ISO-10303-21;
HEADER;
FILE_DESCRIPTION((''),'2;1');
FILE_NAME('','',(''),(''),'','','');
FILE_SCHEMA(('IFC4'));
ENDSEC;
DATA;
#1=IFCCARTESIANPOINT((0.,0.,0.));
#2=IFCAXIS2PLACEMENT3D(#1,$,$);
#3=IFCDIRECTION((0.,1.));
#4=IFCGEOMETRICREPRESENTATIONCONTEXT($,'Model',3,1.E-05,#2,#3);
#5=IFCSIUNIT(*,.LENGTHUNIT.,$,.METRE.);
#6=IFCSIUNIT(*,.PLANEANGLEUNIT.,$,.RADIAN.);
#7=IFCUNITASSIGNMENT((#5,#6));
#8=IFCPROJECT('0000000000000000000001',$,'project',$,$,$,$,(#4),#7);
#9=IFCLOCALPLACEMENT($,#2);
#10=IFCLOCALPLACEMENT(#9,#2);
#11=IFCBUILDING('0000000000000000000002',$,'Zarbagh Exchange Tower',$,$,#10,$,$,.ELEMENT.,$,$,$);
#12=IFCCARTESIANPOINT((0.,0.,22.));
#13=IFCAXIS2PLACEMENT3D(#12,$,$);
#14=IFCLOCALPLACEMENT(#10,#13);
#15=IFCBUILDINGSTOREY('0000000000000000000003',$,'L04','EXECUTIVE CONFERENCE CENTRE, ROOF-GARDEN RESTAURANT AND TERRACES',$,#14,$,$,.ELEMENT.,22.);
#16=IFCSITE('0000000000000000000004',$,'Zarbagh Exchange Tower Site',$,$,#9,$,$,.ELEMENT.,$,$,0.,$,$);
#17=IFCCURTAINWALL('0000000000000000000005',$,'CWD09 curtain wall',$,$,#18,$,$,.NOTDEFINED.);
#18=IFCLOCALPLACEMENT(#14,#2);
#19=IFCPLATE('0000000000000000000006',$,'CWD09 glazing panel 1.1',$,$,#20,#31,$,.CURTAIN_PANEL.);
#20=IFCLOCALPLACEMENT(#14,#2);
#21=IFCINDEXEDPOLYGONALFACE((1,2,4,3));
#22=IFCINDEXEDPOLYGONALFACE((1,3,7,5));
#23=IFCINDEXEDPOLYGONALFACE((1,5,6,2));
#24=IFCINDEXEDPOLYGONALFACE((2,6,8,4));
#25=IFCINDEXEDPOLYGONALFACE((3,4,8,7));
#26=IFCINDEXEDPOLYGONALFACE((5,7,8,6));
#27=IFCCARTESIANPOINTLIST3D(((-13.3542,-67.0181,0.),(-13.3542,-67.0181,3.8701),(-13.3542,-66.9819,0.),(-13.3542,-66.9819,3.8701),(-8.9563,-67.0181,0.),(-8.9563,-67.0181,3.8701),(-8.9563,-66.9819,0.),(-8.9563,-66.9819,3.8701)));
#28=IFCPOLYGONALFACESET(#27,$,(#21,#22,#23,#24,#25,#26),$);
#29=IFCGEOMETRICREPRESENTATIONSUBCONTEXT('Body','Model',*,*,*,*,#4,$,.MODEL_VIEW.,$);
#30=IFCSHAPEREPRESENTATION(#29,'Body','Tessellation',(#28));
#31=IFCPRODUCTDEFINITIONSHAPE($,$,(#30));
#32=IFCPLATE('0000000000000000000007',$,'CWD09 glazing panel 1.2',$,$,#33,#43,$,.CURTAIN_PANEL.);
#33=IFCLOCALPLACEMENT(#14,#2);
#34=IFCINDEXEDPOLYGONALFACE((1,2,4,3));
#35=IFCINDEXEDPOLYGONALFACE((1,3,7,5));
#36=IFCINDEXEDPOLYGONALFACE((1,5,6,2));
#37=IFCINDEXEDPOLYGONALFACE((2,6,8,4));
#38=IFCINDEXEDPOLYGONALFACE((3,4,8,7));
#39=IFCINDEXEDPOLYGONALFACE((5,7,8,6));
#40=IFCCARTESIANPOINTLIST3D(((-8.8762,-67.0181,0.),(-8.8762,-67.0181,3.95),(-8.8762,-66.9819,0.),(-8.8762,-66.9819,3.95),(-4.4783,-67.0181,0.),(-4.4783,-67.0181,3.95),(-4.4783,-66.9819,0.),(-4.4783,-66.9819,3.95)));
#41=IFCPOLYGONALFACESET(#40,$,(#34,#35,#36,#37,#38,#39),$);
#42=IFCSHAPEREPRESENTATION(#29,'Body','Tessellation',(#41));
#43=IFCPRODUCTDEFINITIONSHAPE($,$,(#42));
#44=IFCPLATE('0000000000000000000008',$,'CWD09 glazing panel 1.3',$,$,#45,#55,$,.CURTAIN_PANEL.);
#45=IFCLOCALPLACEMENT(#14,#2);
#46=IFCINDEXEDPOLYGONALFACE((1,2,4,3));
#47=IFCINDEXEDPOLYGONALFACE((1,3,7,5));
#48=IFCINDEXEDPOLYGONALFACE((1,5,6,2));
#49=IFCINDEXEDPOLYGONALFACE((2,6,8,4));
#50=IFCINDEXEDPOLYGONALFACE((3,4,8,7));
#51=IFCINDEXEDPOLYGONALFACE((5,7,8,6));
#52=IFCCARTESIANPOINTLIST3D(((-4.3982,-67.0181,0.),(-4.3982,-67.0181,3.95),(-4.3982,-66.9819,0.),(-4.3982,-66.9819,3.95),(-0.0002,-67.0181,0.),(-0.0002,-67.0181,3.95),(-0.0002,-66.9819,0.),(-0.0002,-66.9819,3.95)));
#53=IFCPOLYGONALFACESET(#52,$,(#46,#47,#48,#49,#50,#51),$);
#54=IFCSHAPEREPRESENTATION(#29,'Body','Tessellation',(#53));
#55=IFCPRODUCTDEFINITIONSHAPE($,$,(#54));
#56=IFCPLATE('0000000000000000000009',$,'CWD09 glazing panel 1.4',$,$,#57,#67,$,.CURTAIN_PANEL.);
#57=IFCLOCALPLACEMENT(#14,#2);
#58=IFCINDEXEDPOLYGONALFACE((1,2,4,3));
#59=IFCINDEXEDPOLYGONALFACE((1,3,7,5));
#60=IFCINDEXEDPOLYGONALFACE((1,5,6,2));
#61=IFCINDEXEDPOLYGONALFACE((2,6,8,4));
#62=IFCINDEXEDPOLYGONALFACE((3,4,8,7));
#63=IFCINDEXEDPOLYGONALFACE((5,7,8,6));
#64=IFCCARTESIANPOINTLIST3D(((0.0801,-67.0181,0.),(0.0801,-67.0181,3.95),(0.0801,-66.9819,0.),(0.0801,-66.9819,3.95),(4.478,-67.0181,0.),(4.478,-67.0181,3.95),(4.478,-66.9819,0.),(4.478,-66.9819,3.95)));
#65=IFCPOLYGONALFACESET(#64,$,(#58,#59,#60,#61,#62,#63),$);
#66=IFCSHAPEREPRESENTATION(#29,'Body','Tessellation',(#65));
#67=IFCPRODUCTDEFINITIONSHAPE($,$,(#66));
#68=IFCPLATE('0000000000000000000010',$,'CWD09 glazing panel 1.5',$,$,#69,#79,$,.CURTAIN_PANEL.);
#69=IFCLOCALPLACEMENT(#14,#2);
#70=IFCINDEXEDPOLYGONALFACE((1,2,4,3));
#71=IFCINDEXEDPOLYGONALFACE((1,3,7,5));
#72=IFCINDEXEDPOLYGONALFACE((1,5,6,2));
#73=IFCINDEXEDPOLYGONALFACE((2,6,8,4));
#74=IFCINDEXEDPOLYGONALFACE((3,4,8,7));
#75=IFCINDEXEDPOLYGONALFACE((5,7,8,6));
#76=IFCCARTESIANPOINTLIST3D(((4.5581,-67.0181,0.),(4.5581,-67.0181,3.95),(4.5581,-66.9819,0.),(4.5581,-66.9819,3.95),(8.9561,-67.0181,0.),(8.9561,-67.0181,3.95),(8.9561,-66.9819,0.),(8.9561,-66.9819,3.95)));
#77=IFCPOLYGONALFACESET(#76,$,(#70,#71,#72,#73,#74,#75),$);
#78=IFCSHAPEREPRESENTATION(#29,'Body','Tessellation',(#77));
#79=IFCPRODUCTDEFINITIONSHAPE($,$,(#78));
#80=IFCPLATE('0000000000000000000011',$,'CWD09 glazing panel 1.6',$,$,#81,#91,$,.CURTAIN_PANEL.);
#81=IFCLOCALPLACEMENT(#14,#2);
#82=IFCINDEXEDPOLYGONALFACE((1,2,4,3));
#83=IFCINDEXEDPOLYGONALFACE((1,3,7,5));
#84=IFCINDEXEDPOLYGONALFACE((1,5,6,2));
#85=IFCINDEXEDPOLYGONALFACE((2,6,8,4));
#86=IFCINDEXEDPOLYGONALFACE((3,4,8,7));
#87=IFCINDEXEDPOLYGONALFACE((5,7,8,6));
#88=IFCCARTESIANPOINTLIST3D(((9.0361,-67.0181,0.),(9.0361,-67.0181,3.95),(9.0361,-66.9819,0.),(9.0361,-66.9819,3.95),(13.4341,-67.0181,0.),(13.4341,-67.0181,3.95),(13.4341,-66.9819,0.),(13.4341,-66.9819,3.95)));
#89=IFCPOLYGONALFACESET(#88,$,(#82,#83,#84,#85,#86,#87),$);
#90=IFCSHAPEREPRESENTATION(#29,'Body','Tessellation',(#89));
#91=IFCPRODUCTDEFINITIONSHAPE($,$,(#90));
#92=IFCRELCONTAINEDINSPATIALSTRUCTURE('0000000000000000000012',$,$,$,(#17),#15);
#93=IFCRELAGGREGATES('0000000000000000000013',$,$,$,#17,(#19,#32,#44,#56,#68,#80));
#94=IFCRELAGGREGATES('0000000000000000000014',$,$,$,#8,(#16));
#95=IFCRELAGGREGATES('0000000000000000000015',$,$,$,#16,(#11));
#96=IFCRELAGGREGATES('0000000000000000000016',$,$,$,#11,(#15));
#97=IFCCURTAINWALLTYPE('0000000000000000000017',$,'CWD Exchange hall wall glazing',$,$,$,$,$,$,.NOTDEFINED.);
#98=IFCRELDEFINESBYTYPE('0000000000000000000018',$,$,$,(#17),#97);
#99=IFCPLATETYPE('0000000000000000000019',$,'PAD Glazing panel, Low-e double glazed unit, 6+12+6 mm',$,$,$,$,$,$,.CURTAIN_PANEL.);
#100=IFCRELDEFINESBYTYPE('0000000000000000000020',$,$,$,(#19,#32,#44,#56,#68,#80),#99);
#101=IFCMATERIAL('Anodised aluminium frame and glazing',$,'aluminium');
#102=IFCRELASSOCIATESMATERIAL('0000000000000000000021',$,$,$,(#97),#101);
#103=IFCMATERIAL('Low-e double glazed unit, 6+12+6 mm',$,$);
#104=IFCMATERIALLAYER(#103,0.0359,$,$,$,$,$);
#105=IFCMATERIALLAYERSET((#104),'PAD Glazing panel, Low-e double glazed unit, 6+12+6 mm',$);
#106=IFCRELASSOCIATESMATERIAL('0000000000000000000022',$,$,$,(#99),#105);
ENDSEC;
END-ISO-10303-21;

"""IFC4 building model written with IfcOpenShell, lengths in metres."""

from ifc_helpers import new_model, si_unit, direction, frame, origin, place, context, subcontext, project, spatial, polyline, outline, extrude, source, transform, mapped, material, layer, layer_set, type_object, element, aggregate, save


model = new_model("IFC4")

# Units and contexts
model_context = context("Model", 3, precision=1e-05, world=origin(), true_north=direction((0.0, 1.0)))
body_context = subcontext(model_context, "Body", "Model", "MODEL_VIEW")
ifc_project = project(units=[si_unit("LENGTHUNIT", "METRE"), si_unit("PLANEANGLEUNIT", "RADIAN")], contexts=[model_context])

# Site, building, storey
site_placement = place(None, origin())
site = spatial("IfcSite", under=ifc_project, at=site_placement, Name="Zarbagh Exchange Tower Site", CompositionType="ELEMENT", RefElevation=0.0)
building_placement = place(site_placement, origin())
building = spatial("IfcBuilding", under=site, at=building_placement, Name="Zarbagh Exchange Tower", CompositionType="ELEMENT")
storey_placement = place(building_placement, frame((0.0, 0.0, 22.0)))
storey = spatial("IfcBuildingStorey", under=building, at=storey_placement, Name="L04", Description="EXECUTIVE CONFERENCE CENTRE, ROOF-GARDEN RESTAURANT AND TERRACES", CompositionType="ELEMENT", Elevation=22.0)

# Curtain wall
ifc_material_1 = material(Name="Anodised aluminium frame and glazing", Category="aluminium")
curtain_wall_type_1 = type_object("IfcCurtainWallType", Name="CWD Exchange hall wall glazing", PredefinedType="NOTDEFINED", material=ifc_material_1)
curtain_wall_1_placement = place(storey_placement, origin())
curtain_wall_1 = element("IfcCurtainWall", 1, at=curtain_wall_1_placement, inside=storey, type_object=curtain_wall_type_1, Name="CWD09 curtain wall", PredefinedType="NOTDEFINED")
placement = place(storey_placement, origin())

# Shared definitions
ifc_material_2 = material(Name="Low-e double glazed unit, 6+12+6 mm")
ifc_layer_1 = layer(ifc_material_2, 0.0359)
ifc_layer_set_1 = layer_set([ifc_layer_1], Name="PAD Glazing panel, Low-e double glazed unit, 6+12+6 mm")
plate_type_1 = type_object("IfcPlateType", Name="PAD Glazing panel, Low-e double glazed unit, 6+12+6 mm", PredefinedType="CURTAIN_PANEL", material=ifc_layer_set_1)

# Plates
shared_shape_1 = source(origin(), body_context, "Body", "SweptSolid", [
    extrude(outline(polyline([(0.0, -0.0181), (4.3979, -0.0181), (4.3979, 0.0181), (0.0, 0.0181), (0.0, -0.0181)])), origin(), (0.0, 0.0, 1.0), 3.8701),
])
plate_1 = element("IfcPlate", 2, at=placement, type_object=plate_type_1, Name="CWD09 glazing panel 1.1", PredefinedType="CURTAIN_PANEL", context=body_context, shape_type="MappedRepresentation", body=[
    mapped(shared_shape_1, transform((-13.3542, -67.0, 0.0), x_axis=(1.0, 0.0, 0.0), y_axis=(0.0, 1.0, 0.0), z_axis=(0.0, 0.0, 1.0))),
])
shared_shape_2 = source(origin(), body_context, "Body", "SweptSolid", [
    extrude(outline(polyline([(0.0, -0.0181), (4.3979, -0.0181), (4.3979, 0.0181), (0.0, 0.0181), (0.0, -0.0181)])), origin(), (0.0, 0.0, 1.0), 3.95),
])
plate_2 = element("IfcPlate", 3, at=placement, type_object=plate_type_1, Name="CWD09 glazing panel 1.2", PredefinedType="CURTAIN_PANEL", context=body_context, shape_type="MappedRepresentation", body=[
    mapped(shared_shape_2, transform((-8.8762, -67.0, 0.0), x_axis=(1.0, 0.0, 0.0), y_axis=(0.0, 1.0, 0.0), z_axis=(0.0, 0.0, 1.0))),
])
plate_3 = element("IfcPlate", 4, at=placement, type_object=plate_type_1, Name="CWD09 glazing panel 1.3", PredefinedType="CURTAIN_PANEL", context=body_context, shape_type="MappedRepresentation", body=[
    mapped(shared_shape_2, transform((-4.3982, -67.0, 0.0), x_axis=(1.0, 0.0, 0.0), y_axis=(0.0, 1.0, 0.0), z_axis=(0.0, 0.0, 1.0))),
])
plate_4 = element("IfcPlate", 5, at=placement, type_object=plate_type_1, Name="CWD09 glazing panel 1.4", PredefinedType="CURTAIN_PANEL", context=body_context, shape_type="MappedRepresentation", body=[
    mapped(shared_shape_2, transform((0.0801, -67.0, 0.0), x_axis=(1.0, 0.0, 0.0), y_axis=(0.0, 1.0, 0.0), z_axis=(0.0, 0.0, 1.0))),
])
plate_5 = element("IfcPlate", 6, at=placement, type_object=plate_type_1, Name="CWD09 glazing panel 1.5", PredefinedType="CURTAIN_PANEL", context=body_context, shape_type="MappedRepresentation", body=[
    mapped(shared_shape_2, transform((4.5581, -67.0, 0.0), x_axis=(1.0, 0.0, 0.0), y_axis=(0.0, 1.0, 0.0), z_axis=(0.0, 0.0, 1.0))),
])
plate_6 = element("IfcPlate", 7, at=placement, type_object=plate_type_1, Name="CWD09 glazing panel 1.6", PredefinedType="CURTAIN_PANEL", context=body_context, shape_type="MappedRepresentation", body=[
    mapped(shared_shape_2, transform((9.0361, -67.0, 0.0), x_axis=(1.0, 0.0, 0.0), y_axis=(0.0, 1.0, 0.0), z_axis=(0.0, 0.0, 1.0))),
])
aggregate(curtain_wall_1, [plate_1, plate_2, plate_3, plate_4, plate_5, plate_6])

save(model, "model.ifc")
